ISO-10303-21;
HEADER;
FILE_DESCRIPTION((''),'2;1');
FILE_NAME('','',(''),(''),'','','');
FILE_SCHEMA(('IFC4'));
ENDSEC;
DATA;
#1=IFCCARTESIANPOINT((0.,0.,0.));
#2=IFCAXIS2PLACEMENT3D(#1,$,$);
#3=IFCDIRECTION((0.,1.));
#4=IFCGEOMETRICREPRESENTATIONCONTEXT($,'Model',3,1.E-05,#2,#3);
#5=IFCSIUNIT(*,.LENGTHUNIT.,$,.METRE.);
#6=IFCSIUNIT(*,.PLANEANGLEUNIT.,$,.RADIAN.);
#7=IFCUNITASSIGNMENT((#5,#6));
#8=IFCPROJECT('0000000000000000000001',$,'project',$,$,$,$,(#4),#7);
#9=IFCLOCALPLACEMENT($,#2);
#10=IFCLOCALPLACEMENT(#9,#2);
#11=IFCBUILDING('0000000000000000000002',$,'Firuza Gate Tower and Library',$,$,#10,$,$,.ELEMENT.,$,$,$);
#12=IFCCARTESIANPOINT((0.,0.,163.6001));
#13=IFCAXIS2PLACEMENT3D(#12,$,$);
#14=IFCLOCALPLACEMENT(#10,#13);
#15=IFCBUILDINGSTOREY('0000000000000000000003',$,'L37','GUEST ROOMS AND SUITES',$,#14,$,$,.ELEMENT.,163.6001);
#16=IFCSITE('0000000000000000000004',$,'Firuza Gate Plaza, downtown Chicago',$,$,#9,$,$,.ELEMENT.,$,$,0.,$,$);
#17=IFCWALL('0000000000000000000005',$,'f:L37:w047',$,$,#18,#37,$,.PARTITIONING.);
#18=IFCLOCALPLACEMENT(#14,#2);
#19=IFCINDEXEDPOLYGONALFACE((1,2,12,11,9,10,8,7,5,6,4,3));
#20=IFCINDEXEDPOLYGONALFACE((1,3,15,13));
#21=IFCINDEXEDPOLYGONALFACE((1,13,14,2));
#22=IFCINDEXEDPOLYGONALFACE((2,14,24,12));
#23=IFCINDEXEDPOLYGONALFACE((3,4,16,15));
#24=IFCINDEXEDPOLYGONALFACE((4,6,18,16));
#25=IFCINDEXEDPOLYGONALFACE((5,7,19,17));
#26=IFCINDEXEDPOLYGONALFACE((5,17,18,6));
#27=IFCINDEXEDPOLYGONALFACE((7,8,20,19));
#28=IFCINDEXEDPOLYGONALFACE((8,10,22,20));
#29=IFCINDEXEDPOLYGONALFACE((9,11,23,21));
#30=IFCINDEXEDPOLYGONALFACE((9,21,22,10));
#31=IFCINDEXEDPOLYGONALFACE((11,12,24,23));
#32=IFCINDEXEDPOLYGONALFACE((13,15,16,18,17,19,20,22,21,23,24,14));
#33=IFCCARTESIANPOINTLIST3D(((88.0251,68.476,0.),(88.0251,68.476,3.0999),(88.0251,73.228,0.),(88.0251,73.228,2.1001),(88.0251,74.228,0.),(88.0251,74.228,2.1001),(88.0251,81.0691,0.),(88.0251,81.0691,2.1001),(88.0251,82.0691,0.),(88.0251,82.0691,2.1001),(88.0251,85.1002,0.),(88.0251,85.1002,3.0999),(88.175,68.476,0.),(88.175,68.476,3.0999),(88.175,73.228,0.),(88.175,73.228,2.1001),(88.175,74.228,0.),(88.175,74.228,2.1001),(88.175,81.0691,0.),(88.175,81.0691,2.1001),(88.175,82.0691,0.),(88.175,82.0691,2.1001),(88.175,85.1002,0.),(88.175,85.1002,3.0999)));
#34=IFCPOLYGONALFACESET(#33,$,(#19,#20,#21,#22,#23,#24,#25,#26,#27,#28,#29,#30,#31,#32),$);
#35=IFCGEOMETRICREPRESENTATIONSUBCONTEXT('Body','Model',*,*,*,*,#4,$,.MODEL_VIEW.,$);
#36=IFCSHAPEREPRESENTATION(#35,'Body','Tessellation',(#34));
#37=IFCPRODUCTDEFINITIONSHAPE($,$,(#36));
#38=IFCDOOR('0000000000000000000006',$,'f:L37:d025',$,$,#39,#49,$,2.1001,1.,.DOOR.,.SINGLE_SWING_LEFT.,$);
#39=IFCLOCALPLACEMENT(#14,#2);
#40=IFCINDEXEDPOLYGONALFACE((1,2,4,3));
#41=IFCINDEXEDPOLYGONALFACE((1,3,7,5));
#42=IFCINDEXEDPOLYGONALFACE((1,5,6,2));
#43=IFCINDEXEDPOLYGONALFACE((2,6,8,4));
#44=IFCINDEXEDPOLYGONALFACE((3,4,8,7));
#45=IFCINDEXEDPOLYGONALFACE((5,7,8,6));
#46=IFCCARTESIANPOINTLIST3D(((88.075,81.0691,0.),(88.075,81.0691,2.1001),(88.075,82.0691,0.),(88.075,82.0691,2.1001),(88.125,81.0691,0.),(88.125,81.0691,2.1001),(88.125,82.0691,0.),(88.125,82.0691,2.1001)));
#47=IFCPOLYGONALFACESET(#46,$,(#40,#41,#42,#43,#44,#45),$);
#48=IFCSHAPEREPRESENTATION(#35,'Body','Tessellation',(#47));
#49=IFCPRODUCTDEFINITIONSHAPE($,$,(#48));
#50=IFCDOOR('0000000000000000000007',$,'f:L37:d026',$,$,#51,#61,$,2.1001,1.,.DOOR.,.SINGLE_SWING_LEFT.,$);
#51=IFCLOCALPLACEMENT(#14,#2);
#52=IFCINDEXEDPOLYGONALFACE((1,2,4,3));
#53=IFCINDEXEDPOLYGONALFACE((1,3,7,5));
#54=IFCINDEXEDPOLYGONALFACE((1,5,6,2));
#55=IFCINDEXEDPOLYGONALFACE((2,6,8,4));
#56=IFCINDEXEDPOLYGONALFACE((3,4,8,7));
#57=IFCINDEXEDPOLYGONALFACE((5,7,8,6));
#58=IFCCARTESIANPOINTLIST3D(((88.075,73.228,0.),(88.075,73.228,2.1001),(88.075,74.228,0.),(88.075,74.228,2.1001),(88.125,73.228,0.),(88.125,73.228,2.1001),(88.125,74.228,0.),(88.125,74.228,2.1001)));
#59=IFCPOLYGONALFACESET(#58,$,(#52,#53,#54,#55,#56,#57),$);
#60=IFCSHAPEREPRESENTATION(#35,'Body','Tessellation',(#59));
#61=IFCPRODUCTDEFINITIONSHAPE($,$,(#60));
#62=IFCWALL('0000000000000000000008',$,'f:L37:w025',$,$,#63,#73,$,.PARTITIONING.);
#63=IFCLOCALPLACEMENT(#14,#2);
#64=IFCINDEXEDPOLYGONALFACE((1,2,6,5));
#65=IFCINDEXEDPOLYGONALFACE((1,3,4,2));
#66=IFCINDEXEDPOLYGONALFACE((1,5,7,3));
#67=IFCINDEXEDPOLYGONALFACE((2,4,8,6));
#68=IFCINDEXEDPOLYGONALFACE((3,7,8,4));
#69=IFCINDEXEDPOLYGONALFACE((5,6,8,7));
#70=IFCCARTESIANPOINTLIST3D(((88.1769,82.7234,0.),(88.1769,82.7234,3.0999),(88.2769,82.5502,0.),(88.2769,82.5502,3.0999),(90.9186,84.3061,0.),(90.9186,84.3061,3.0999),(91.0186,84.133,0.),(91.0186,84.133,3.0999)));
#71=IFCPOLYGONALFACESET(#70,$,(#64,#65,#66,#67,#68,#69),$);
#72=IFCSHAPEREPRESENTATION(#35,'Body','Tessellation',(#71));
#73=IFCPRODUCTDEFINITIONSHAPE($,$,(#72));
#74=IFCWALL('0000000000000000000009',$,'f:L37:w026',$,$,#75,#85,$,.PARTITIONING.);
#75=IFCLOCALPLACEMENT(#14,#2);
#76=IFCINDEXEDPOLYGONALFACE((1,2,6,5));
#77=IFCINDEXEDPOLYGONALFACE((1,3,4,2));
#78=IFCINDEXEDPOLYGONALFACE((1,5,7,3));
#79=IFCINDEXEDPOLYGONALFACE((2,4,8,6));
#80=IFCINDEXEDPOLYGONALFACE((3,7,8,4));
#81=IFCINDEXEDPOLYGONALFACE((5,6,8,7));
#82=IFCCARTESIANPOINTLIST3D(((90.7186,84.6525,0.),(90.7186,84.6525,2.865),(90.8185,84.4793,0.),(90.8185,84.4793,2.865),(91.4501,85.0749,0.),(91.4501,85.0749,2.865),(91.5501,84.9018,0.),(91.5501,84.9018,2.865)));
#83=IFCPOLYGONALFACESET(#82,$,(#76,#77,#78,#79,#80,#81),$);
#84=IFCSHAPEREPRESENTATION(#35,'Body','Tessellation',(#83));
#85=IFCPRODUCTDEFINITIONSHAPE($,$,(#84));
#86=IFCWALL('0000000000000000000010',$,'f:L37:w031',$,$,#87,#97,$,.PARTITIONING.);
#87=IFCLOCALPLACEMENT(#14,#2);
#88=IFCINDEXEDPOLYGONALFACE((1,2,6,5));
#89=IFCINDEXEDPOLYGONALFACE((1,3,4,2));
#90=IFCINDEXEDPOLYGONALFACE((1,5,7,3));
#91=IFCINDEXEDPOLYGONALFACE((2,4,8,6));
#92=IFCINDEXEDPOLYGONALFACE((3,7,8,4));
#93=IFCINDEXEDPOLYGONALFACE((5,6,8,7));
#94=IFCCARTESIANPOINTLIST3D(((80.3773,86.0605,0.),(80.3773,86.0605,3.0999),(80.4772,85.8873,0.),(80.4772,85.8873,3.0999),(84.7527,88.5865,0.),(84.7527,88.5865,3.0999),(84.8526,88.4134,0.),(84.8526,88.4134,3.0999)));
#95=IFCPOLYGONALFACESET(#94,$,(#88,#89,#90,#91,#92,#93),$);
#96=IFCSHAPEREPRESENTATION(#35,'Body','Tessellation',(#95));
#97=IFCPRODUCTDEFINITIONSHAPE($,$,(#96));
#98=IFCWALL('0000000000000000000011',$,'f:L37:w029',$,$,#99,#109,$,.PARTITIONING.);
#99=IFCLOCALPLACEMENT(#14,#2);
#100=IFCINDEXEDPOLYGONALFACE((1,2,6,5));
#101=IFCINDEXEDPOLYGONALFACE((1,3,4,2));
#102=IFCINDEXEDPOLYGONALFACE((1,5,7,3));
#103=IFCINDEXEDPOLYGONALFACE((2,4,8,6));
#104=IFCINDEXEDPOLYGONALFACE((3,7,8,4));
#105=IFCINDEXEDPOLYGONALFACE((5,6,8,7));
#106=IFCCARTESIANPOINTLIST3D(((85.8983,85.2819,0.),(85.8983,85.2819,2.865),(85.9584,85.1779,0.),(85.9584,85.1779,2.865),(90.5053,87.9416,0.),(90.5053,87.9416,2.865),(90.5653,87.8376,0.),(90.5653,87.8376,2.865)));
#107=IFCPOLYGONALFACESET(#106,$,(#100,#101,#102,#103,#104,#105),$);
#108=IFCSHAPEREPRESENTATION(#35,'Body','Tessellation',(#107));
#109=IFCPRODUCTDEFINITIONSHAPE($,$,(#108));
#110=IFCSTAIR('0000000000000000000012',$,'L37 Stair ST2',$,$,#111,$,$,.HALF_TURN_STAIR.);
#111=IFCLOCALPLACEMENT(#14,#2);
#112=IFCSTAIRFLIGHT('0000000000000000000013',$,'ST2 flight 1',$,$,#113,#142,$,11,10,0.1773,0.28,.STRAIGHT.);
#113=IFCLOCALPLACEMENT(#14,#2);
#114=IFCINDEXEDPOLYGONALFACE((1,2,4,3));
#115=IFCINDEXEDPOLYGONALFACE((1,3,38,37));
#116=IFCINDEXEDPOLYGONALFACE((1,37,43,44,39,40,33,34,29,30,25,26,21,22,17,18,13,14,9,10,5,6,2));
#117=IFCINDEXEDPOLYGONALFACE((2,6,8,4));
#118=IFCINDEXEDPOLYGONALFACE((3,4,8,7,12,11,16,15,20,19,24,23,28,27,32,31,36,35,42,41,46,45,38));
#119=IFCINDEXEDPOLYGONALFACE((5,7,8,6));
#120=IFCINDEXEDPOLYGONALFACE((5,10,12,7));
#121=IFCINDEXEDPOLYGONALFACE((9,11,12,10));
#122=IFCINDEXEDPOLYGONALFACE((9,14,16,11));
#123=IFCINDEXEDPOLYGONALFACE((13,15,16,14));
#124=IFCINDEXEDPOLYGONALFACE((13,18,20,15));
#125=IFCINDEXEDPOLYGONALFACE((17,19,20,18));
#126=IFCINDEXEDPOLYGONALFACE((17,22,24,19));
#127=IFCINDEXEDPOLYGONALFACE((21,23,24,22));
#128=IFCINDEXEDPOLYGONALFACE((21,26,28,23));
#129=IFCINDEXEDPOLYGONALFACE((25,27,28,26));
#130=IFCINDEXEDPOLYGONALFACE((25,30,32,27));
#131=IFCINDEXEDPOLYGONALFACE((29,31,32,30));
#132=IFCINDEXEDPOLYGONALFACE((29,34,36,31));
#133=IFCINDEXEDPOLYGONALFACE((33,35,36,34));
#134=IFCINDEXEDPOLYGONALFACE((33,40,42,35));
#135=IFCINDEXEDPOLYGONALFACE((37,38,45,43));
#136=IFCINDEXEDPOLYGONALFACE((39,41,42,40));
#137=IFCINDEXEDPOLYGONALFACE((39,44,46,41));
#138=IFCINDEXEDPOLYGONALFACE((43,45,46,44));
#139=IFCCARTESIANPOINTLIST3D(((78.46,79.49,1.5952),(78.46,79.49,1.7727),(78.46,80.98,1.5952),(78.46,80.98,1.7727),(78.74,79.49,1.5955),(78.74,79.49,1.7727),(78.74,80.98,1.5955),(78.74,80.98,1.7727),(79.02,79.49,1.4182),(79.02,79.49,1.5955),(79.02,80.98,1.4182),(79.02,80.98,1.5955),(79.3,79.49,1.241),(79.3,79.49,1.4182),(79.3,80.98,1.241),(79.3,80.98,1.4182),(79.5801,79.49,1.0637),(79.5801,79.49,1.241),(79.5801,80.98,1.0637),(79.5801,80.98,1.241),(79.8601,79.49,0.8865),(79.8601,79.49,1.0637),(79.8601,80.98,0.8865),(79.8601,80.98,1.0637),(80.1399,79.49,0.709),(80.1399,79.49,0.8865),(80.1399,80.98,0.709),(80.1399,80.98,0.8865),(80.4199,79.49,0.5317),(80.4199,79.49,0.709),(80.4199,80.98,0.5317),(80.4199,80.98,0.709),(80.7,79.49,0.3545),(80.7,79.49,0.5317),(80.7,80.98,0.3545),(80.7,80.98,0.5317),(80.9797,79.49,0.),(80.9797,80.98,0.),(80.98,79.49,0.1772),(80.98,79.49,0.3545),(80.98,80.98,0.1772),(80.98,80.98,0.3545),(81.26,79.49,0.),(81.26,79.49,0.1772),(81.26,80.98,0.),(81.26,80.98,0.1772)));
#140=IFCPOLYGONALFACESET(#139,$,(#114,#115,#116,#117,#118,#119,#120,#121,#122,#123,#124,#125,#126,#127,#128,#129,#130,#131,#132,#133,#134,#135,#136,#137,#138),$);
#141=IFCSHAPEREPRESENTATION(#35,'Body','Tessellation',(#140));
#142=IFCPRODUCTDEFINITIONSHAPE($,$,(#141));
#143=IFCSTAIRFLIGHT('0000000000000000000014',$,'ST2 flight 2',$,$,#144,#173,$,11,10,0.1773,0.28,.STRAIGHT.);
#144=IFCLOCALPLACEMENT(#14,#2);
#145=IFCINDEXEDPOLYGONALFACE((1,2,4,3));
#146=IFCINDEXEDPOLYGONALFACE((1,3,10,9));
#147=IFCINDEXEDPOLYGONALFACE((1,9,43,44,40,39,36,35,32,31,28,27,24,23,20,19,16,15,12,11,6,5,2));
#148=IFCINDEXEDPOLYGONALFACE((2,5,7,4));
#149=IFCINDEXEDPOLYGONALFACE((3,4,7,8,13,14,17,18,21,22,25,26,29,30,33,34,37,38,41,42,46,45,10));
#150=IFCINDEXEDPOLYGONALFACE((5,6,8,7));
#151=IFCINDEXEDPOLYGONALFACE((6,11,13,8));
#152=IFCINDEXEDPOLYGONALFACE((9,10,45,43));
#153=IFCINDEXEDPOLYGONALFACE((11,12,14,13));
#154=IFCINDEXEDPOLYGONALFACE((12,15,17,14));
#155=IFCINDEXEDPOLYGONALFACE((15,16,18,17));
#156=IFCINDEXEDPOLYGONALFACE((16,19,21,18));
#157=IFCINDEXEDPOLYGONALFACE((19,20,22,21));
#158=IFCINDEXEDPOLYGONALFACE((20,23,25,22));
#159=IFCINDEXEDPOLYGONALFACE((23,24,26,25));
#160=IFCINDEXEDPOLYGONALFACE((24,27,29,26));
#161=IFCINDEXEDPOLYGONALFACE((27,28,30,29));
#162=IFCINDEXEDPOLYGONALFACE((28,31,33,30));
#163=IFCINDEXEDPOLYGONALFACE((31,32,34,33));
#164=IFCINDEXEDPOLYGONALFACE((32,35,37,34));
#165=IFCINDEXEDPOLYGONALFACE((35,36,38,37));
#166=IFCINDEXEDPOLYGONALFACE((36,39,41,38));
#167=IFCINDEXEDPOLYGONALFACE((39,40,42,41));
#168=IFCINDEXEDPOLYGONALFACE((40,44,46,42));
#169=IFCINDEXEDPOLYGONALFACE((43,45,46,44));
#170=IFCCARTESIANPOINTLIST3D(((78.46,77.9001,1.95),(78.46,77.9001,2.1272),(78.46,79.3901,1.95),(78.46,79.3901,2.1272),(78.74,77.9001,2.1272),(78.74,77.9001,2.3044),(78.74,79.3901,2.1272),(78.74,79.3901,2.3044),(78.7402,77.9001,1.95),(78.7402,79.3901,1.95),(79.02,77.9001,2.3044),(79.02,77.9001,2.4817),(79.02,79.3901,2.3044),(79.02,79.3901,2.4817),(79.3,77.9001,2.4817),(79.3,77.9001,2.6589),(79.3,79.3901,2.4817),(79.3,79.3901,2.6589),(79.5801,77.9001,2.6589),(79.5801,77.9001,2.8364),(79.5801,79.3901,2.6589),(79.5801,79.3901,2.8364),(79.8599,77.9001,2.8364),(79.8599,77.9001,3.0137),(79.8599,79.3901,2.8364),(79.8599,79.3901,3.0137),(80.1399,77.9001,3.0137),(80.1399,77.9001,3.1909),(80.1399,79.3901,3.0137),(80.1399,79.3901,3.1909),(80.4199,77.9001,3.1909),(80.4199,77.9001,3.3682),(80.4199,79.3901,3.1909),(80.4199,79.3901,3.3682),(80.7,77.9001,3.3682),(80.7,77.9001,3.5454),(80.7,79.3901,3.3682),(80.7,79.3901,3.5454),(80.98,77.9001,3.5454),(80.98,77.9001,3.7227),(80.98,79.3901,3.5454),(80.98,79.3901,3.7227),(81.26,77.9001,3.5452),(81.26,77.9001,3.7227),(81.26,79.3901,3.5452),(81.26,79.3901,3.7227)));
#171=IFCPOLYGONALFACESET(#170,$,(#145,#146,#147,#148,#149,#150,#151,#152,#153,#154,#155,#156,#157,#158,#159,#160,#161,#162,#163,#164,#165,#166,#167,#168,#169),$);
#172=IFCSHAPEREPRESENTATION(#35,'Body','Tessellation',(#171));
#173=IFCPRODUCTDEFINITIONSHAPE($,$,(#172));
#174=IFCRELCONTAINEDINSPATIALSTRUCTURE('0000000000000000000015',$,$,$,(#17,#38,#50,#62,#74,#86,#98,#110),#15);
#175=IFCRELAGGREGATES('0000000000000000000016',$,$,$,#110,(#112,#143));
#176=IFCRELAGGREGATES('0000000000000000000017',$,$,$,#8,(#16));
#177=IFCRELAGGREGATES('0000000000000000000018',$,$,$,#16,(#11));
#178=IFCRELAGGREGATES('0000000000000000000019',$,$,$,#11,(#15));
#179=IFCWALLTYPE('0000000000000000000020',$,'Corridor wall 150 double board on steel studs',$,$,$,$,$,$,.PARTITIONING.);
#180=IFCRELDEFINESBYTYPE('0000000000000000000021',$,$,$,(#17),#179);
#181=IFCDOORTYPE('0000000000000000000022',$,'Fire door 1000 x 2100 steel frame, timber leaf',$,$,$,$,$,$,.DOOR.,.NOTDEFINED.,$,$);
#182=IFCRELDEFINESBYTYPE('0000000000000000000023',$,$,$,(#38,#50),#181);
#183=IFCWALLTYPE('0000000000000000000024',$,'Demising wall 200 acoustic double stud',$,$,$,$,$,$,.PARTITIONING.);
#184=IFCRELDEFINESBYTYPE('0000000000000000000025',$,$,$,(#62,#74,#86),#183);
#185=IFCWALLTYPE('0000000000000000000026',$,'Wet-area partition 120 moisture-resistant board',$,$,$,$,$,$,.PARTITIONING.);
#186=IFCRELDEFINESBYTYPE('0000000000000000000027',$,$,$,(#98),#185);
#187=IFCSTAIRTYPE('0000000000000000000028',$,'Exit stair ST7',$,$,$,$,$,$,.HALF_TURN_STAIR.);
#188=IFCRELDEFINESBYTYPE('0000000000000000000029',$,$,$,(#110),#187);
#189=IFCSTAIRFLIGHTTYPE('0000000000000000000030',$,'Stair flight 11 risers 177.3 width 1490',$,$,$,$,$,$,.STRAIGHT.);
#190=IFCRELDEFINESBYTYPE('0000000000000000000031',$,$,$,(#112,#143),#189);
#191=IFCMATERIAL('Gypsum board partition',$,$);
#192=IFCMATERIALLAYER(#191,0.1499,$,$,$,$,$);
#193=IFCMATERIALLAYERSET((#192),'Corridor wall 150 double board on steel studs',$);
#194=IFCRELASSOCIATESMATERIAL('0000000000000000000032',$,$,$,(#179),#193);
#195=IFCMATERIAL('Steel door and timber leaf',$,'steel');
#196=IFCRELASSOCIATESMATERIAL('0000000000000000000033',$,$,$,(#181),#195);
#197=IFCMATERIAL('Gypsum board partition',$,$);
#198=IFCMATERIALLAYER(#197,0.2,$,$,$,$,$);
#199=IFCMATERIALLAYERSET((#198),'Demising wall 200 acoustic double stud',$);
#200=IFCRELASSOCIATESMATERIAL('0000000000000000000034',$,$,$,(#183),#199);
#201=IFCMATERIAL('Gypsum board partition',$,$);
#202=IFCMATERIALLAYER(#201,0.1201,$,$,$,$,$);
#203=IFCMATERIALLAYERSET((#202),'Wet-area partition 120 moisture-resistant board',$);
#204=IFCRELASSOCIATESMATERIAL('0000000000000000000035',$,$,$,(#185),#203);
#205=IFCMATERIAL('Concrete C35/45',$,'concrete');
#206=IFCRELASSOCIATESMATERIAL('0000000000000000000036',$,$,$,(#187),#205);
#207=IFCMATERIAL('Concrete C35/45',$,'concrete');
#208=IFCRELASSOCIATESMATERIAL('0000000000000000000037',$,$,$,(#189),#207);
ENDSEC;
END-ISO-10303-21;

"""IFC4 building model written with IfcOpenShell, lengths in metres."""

from ifc_helpers import new_model, si_unit, direction, frame, frame_2d, origin, place, context, subcontext, project, spatial, polyline, rectangle, outline, extrude, material, layer, layer_set, type_object, element, fill, aggregate, save


model = new_model("IFC4")

# Units and contexts
model_context = context("Model", 3, precision=1e-05, world=origin(), true_north=direction((0.0, 1.0)))
body_context = subcontext(model_context, "Body", "Model", "MODEL_VIEW")
ifc_project = project(units=[si_unit("LENGTHUNIT", "METRE"), si_unit("PLANEANGLEUNIT", "RADIAN")], contexts=[model_context])

# Site, building, storey
site_placement = place(None, origin())
site = spatial("IfcSite", under=ifc_project, at=site_placement, Name="Firuza Gate Plaza, downtown Chicago", CompositionType="ELEMENT", RefElevation=0.0)
building_placement = place(site_placement, origin())
building = spatial("IfcBuilding", under=site, at=building_placement, Name="Firuza Gate Tower and Library", CompositionType="ELEMENT")
storey_placement = place(building_placement, frame((0.0, 0.0, 163.6001)))
storey = spatial("IfcBuildingStorey", under=building, at=storey_placement, Name="L37", Description="GUEST ROOMS AND SUITES", CompositionType="ELEMENT", Elevation=163.6001)

# Shared definitions
placement = place(storey_placement, origin())

# Shared definitions
ifc_material_1 = material(Name="Gypsum board partition")
ifc_layer_1 = layer(ifc_material_1, 0.1499)
ifc_layer_set_1 = layer_set([ifc_layer_1], Name="Corridor wall 150 double board on steel studs")
wall_type_1 = type_object("IfcWallType", Name="Corridor wall 150 double board on steel studs", PredefinedType="PARTITIONING", material=ifc_layer_set_1)

# Wall, openings, doors
wall_1_placement = place(storey_placement, frame((88.1001, 85.1001, 0.0), z_axis=(0.0, 0.0, 1.0), x_axis=(0.0, -1.0, 0.0)))
wall_1 = element("IfcWall", 1, at=wall_1_placement, inside=storey, type_object=wall_type_1, Name="f:L37:w047", PredefinedType="PARTITIONING", context=body_context, shape_type="SweptSolid", body=[
    extrude(rectangle(XDim=16.6243, YDim=0.1499, at=frame_2d((8.312, 0.0))), origin(), (0.0, 0.0, 1.0), 3.0999),
])
opening_1_placement = place(wall_1_placement, frame((3.031, 0.0, 0.0)))
opening_1 = element("IfcOpeningElement", 2, at=opening_1_placement, cuts=wall_1, PredefinedType="OPENING", context=body_context, shape_type="SweptSolid", body=[
    extrude(rectangle(XDim=1.0, YDim=2.1001, at=frame_2d((0.5, 1.05))), frame((0.0, 0.085, 0.0), z_axis=(0.0, -1.0, 0.0), x_axis=(1.0, 0.0, 0.0)), (0.0, 0.0, 1.0), 0.1699),
])
opening_2_placement = place(wall_1_placement, frame((10.8721, 0.0, 0.0)))
opening_2 = element("IfcOpeningElement", 3, at=opening_2_placement, cuts=wall_1, PredefinedType="OPENING", context=body_context, shape_type="SweptSolid", body=[
    extrude(rectangle(XDim=1.0, YDim=2.1001, at=frame_2d((0.5, 1.05))), frame((0.0, 0.085, 0.0), z_axis=(0.0, -1.0, 0.0), x_axis=(1.0, 0.0, 0.0)), (0.0, 0.0, 1.0), 0.1699),
])
ifc_material_2 = material(Name="Steel door and timber leaf", Category="steel")
door_type_1 = type_object("IfcDoorType", Name="Fire door 1000 x 2100 steel frame, timber leaf", OperationType="NOTDEFINED", PredefinedType="DOOR", material=ifc_material_2)
door_1_placement = place(opening_1_placement, origin())
door_1 = element("IfcDoor", 4, at=door_1_placement, inside=storey, type_object=door_type_1, Name="f:L37:d025", OperationType="SINGLE_SWING_LEFT", OverallHeight=2.1001, OverallWidth=1.0, PredefinedType="DOOR", context=body_context, shape_type="SweptSolid", body=[
    extrude(rectangle(XDim=1.0, YDim=2.1001, at=frame_2d((0.5, 1.05))), frame((0.0, 0.0249, 0.0), z_axis=(0.0, -1.0, 0.0), x_axis=(1.0, 0.0, 0.0)), (0.0, 0.0, 1.0), 0.05),
])
fill(opening_1, door_1)
door_2_placement = place(opening_2_placement, origin())
door_2 = element("IfcDoor", 5, at=door_2_placement, inside=storey, type_object=door_type_1, Name="f:L37:d026", OperationType="SINGLE_SWING_LEFT", OverallHeight=2.1001, OverallWidth=1.0, PredefinedType="DOOR", context=body_context, shape_type="SweptSolid", body=[
    extrude(rectangle(XDim=1.0, YDim=2.1001, at=frame_2d((0.5, 1.05))), frame((0.0, 0.0249, 0.0), z_axis=(0.0, -1.0, 0.0), x_axis=(1.0, 0.0, 0.0)), (0.0, 0.0, 1.0), 0.05),
])
fill(opening_2, door_2)

# Walls
ifc_material_3 = material(Name="Gypsum board partition")
ifc_layer_2 = layer(ifc_material_3, 0.2)
ifc_layer_set_2 = layer_set([ifc_layer_2], Name="Demising wall 200 acoustic double stud")
wall_type_2 = type_object("IfcWallType", Name="Demising wall 200 acoustic double stud", PredefinedType="PARTITIONING", material=ifc_layer_set_2)
wall_2_placement = place(storey_placement, frame((88.2268, 82.6367, 0.0), z_axis=(0.0, 0.0, 1.0), x_axis=(0.866047, 0.499963, 0.0)))
element("IfcWall", 6, at=wall_2_placement, inside=storey, type_object=wall_type_2, Name="f:L37:w025", PredefinedType="PARTITIONING", context=body_context, shape_type="SweptSolid", body=[
    extrude(rectangle(XDim=3.1658, YDim=0.2, at=frame_2d((1.583, 0.0))), origin(), (0.0, 0.0, 1.0), 3.0999),
])
wall_3_placement = place(storey_placement, frame((90.7686, 84.5659, 0.0), z_axis=(0.0, 0.0, 1.0), x_axis=(0.865993, 0.500056, 0.0)))
element("IfcWall", 7, at=wall_3_placement, inside=storey, type_object=wall_type_2, Name="f:L37:w026", PredefinedType="PARTITIONING", context=body_context, shape_type="SweptSolid", body=[
    extrude(rectangle(XDim=0.8447, YDim=0.2, at=frame_2d((0.4224, 0.0))), origin(), (0.0, 0.0, 1.0), 2.865),
])
wall_4_placement = place(storey_placement, frame((80.4272, 85.9739, 0.0), z_axis=(0.0, 0.0, 1.0), x_axis=(0.866031, 0.49999, 0.0)))
element("IfcWall", 8, at=wall_4_placement, inside=storey, type_object=wall_type_2, Name="f:L37:w031", PredefinedType="PARTITIONING", context=body_context, shape_type="SweptSolid", body=[
    extrude(rectangle(XDim=5.0522, YDim=0.2, at=frame_2d((2.5261, 0.0))), origin(), (0.0, 0.0, 1.0), 3.0999),
])
ifc_material_4 = material(Name="Gypsum board partition")
ifc_layer_3 = layer(ifc_material_4, 0.1201)
ifc_layer_set_3 = layer_set([ifc_layer_3], Name="Wet-area partition 120 moisture-resistant board")
wall_type_3 = type_object("IfcWallType", Name="Wet-area partition 120 moisture-resistant board", PredefinedType="PARTITIONING", material=ifc_layer_set_3)
wall_5_placement = place(storey_placement, frame((85.9285, 85.23, 0.0), z_axis=(0.0, 0.0, 1.0), x_axis=(0.866037, 0.499979, 0.0)))
element("IfcWall", 9, at=wall_5_placement, inside=storey, type_object=wall_type_3, Name="f:L37:w029", PredefinedType="PARTITIONING", context=body_context, shape_type="SweptSolid", body=[
    extrude(rectangle(XDim=5.3196, YDim=0.1201, at=frame_2d((2.6597, 0.0))), origin(), (0.0, 0.0, 1.0), 2.865),
])

# Stair, stair flights
ifc_material_5 = material(Name="Concrete C35/45", Category="concrete")
stair_type = type_object("IfcStairType", Name="Exit stair ST7", PredefinedType="HALF_TURN_STAIR", material=ifc_material_5)
stair = element("IfcStair", 10, at=placement, inside=storey, type_object=stair_type, Name="L37 Stair ST2", PredefinedType="HALF_TURN_STAIR")
ifc_material_6 = material(Name="Concrete C35/45", Category="concrete")
stair_flight_type = type_object("IfcStairFlightType", Name="Stair flight 11 risers 177.3 width 1490", PredefinedType="STRAIGHT", material=ifc_material_6)
stair_flight_1_placement = place(storey_placement, frame((81.26, 80.2351, 0.0), z_axis=(0.0, 0.0, 1.0), x_axis=(-1.0, 0.0, 0.0)))
stair_flight_1 = element("IfcStairFlight", 11, at=stair_flight_1_placement, type_object=stair_flight_type, Name="ST2 flight 1", NumberOfRisers=11, NumberOfTreads=10, PredefinedType="STRAIGHT", RiserHeight=0.1773, TreadLength=0.28, context=body_context, shape_type="SweptSolid", body=[
    extrude(outline(polyline([(0.0, 0.0), (0.0, 0.1772), (0.28, 0.1772), (0.28, 0.3545), (0.5601, 0.3545), (0.5601, 0.5317), (0.8401, 0.5317), (0.8401, 0.709), (1.1201, 0.709), (1.1201, 0.8865), (1.3999, 0.8865), (1.3999, 1.0637), (1.6799, 1.0637), (1.6799, 1.241), (1.96, 1.241), (1.96, 1.4182), (2.24, 1.4182), (2.24, 1.5955), (2.52, 1.5955), (2.52, 1.7727), (2.8, 1.7727), (2.8, 1.95), (2.8, 1.5952), (0.2803, 0.0), (0.0, 0.0)])), frame((0.0, 0.7451, 0.0), z_axis=(0.0, -1.0, 0.0), x_axis=(1.0, 0.0, 0.0)), (0.0, 0.0, 1.0), 1.49),
])
stair_flight_2_placement = place(storey_placement, frame((78.46, 78.645, 1.95), z_axis=(0.0, 0.0, 1.0), x_axis=(1.0, 0.0, 0.0)))
stair_flight_2 = element("IfcStairFlight", 12, at=stair_flight_2_placement, type_object=stair_flight_type, Name="ST2 flight 2", NumberOfRisers=11, NumberOfTreads=10, PredefinedType="STRAIGHT", RiserHeight=0.1773, TreadLength=0.28, context=body_context, shape_type="SweptSolid", body=[
    extrude(outline(polyline([(0.0, 0.0), (0.0, 0.1772), (0.28, 0.1772), (0.28, 0.3545), (0.5601, 0.3545), (0.5601, 0.5317), (0.8401, 0.5317), (0.8401, 0.709), (1.1201, 0.709), (1.1201, 0.8865), (1.3999, 0.8865), (1.3999, 1.0637), (1.6799, 1.0637), (1.6799, 1.241), (1.96, 1.241), (1.96, 1.4182), (2.24, 1.4182), (2.24, 1.5955), (2.52, 1.5955), (2.52, 1.7727), (2.8, 1.7727), (2.8, 1.95), (2.8, 1.5952), (0.2803, 0.0), (0.0, 0.0)])), frame((0.0, 0.7451, 0.0), z_axis=(0.0, -1.0, 0.0), x_axis=(1.0, 0.0, 0.0)), (0.0, 0.0, 1.0), 1.49),
])
aggregate(stair, [stair_flight_1, stair_flight_2])

save(model, "model.ifc")
